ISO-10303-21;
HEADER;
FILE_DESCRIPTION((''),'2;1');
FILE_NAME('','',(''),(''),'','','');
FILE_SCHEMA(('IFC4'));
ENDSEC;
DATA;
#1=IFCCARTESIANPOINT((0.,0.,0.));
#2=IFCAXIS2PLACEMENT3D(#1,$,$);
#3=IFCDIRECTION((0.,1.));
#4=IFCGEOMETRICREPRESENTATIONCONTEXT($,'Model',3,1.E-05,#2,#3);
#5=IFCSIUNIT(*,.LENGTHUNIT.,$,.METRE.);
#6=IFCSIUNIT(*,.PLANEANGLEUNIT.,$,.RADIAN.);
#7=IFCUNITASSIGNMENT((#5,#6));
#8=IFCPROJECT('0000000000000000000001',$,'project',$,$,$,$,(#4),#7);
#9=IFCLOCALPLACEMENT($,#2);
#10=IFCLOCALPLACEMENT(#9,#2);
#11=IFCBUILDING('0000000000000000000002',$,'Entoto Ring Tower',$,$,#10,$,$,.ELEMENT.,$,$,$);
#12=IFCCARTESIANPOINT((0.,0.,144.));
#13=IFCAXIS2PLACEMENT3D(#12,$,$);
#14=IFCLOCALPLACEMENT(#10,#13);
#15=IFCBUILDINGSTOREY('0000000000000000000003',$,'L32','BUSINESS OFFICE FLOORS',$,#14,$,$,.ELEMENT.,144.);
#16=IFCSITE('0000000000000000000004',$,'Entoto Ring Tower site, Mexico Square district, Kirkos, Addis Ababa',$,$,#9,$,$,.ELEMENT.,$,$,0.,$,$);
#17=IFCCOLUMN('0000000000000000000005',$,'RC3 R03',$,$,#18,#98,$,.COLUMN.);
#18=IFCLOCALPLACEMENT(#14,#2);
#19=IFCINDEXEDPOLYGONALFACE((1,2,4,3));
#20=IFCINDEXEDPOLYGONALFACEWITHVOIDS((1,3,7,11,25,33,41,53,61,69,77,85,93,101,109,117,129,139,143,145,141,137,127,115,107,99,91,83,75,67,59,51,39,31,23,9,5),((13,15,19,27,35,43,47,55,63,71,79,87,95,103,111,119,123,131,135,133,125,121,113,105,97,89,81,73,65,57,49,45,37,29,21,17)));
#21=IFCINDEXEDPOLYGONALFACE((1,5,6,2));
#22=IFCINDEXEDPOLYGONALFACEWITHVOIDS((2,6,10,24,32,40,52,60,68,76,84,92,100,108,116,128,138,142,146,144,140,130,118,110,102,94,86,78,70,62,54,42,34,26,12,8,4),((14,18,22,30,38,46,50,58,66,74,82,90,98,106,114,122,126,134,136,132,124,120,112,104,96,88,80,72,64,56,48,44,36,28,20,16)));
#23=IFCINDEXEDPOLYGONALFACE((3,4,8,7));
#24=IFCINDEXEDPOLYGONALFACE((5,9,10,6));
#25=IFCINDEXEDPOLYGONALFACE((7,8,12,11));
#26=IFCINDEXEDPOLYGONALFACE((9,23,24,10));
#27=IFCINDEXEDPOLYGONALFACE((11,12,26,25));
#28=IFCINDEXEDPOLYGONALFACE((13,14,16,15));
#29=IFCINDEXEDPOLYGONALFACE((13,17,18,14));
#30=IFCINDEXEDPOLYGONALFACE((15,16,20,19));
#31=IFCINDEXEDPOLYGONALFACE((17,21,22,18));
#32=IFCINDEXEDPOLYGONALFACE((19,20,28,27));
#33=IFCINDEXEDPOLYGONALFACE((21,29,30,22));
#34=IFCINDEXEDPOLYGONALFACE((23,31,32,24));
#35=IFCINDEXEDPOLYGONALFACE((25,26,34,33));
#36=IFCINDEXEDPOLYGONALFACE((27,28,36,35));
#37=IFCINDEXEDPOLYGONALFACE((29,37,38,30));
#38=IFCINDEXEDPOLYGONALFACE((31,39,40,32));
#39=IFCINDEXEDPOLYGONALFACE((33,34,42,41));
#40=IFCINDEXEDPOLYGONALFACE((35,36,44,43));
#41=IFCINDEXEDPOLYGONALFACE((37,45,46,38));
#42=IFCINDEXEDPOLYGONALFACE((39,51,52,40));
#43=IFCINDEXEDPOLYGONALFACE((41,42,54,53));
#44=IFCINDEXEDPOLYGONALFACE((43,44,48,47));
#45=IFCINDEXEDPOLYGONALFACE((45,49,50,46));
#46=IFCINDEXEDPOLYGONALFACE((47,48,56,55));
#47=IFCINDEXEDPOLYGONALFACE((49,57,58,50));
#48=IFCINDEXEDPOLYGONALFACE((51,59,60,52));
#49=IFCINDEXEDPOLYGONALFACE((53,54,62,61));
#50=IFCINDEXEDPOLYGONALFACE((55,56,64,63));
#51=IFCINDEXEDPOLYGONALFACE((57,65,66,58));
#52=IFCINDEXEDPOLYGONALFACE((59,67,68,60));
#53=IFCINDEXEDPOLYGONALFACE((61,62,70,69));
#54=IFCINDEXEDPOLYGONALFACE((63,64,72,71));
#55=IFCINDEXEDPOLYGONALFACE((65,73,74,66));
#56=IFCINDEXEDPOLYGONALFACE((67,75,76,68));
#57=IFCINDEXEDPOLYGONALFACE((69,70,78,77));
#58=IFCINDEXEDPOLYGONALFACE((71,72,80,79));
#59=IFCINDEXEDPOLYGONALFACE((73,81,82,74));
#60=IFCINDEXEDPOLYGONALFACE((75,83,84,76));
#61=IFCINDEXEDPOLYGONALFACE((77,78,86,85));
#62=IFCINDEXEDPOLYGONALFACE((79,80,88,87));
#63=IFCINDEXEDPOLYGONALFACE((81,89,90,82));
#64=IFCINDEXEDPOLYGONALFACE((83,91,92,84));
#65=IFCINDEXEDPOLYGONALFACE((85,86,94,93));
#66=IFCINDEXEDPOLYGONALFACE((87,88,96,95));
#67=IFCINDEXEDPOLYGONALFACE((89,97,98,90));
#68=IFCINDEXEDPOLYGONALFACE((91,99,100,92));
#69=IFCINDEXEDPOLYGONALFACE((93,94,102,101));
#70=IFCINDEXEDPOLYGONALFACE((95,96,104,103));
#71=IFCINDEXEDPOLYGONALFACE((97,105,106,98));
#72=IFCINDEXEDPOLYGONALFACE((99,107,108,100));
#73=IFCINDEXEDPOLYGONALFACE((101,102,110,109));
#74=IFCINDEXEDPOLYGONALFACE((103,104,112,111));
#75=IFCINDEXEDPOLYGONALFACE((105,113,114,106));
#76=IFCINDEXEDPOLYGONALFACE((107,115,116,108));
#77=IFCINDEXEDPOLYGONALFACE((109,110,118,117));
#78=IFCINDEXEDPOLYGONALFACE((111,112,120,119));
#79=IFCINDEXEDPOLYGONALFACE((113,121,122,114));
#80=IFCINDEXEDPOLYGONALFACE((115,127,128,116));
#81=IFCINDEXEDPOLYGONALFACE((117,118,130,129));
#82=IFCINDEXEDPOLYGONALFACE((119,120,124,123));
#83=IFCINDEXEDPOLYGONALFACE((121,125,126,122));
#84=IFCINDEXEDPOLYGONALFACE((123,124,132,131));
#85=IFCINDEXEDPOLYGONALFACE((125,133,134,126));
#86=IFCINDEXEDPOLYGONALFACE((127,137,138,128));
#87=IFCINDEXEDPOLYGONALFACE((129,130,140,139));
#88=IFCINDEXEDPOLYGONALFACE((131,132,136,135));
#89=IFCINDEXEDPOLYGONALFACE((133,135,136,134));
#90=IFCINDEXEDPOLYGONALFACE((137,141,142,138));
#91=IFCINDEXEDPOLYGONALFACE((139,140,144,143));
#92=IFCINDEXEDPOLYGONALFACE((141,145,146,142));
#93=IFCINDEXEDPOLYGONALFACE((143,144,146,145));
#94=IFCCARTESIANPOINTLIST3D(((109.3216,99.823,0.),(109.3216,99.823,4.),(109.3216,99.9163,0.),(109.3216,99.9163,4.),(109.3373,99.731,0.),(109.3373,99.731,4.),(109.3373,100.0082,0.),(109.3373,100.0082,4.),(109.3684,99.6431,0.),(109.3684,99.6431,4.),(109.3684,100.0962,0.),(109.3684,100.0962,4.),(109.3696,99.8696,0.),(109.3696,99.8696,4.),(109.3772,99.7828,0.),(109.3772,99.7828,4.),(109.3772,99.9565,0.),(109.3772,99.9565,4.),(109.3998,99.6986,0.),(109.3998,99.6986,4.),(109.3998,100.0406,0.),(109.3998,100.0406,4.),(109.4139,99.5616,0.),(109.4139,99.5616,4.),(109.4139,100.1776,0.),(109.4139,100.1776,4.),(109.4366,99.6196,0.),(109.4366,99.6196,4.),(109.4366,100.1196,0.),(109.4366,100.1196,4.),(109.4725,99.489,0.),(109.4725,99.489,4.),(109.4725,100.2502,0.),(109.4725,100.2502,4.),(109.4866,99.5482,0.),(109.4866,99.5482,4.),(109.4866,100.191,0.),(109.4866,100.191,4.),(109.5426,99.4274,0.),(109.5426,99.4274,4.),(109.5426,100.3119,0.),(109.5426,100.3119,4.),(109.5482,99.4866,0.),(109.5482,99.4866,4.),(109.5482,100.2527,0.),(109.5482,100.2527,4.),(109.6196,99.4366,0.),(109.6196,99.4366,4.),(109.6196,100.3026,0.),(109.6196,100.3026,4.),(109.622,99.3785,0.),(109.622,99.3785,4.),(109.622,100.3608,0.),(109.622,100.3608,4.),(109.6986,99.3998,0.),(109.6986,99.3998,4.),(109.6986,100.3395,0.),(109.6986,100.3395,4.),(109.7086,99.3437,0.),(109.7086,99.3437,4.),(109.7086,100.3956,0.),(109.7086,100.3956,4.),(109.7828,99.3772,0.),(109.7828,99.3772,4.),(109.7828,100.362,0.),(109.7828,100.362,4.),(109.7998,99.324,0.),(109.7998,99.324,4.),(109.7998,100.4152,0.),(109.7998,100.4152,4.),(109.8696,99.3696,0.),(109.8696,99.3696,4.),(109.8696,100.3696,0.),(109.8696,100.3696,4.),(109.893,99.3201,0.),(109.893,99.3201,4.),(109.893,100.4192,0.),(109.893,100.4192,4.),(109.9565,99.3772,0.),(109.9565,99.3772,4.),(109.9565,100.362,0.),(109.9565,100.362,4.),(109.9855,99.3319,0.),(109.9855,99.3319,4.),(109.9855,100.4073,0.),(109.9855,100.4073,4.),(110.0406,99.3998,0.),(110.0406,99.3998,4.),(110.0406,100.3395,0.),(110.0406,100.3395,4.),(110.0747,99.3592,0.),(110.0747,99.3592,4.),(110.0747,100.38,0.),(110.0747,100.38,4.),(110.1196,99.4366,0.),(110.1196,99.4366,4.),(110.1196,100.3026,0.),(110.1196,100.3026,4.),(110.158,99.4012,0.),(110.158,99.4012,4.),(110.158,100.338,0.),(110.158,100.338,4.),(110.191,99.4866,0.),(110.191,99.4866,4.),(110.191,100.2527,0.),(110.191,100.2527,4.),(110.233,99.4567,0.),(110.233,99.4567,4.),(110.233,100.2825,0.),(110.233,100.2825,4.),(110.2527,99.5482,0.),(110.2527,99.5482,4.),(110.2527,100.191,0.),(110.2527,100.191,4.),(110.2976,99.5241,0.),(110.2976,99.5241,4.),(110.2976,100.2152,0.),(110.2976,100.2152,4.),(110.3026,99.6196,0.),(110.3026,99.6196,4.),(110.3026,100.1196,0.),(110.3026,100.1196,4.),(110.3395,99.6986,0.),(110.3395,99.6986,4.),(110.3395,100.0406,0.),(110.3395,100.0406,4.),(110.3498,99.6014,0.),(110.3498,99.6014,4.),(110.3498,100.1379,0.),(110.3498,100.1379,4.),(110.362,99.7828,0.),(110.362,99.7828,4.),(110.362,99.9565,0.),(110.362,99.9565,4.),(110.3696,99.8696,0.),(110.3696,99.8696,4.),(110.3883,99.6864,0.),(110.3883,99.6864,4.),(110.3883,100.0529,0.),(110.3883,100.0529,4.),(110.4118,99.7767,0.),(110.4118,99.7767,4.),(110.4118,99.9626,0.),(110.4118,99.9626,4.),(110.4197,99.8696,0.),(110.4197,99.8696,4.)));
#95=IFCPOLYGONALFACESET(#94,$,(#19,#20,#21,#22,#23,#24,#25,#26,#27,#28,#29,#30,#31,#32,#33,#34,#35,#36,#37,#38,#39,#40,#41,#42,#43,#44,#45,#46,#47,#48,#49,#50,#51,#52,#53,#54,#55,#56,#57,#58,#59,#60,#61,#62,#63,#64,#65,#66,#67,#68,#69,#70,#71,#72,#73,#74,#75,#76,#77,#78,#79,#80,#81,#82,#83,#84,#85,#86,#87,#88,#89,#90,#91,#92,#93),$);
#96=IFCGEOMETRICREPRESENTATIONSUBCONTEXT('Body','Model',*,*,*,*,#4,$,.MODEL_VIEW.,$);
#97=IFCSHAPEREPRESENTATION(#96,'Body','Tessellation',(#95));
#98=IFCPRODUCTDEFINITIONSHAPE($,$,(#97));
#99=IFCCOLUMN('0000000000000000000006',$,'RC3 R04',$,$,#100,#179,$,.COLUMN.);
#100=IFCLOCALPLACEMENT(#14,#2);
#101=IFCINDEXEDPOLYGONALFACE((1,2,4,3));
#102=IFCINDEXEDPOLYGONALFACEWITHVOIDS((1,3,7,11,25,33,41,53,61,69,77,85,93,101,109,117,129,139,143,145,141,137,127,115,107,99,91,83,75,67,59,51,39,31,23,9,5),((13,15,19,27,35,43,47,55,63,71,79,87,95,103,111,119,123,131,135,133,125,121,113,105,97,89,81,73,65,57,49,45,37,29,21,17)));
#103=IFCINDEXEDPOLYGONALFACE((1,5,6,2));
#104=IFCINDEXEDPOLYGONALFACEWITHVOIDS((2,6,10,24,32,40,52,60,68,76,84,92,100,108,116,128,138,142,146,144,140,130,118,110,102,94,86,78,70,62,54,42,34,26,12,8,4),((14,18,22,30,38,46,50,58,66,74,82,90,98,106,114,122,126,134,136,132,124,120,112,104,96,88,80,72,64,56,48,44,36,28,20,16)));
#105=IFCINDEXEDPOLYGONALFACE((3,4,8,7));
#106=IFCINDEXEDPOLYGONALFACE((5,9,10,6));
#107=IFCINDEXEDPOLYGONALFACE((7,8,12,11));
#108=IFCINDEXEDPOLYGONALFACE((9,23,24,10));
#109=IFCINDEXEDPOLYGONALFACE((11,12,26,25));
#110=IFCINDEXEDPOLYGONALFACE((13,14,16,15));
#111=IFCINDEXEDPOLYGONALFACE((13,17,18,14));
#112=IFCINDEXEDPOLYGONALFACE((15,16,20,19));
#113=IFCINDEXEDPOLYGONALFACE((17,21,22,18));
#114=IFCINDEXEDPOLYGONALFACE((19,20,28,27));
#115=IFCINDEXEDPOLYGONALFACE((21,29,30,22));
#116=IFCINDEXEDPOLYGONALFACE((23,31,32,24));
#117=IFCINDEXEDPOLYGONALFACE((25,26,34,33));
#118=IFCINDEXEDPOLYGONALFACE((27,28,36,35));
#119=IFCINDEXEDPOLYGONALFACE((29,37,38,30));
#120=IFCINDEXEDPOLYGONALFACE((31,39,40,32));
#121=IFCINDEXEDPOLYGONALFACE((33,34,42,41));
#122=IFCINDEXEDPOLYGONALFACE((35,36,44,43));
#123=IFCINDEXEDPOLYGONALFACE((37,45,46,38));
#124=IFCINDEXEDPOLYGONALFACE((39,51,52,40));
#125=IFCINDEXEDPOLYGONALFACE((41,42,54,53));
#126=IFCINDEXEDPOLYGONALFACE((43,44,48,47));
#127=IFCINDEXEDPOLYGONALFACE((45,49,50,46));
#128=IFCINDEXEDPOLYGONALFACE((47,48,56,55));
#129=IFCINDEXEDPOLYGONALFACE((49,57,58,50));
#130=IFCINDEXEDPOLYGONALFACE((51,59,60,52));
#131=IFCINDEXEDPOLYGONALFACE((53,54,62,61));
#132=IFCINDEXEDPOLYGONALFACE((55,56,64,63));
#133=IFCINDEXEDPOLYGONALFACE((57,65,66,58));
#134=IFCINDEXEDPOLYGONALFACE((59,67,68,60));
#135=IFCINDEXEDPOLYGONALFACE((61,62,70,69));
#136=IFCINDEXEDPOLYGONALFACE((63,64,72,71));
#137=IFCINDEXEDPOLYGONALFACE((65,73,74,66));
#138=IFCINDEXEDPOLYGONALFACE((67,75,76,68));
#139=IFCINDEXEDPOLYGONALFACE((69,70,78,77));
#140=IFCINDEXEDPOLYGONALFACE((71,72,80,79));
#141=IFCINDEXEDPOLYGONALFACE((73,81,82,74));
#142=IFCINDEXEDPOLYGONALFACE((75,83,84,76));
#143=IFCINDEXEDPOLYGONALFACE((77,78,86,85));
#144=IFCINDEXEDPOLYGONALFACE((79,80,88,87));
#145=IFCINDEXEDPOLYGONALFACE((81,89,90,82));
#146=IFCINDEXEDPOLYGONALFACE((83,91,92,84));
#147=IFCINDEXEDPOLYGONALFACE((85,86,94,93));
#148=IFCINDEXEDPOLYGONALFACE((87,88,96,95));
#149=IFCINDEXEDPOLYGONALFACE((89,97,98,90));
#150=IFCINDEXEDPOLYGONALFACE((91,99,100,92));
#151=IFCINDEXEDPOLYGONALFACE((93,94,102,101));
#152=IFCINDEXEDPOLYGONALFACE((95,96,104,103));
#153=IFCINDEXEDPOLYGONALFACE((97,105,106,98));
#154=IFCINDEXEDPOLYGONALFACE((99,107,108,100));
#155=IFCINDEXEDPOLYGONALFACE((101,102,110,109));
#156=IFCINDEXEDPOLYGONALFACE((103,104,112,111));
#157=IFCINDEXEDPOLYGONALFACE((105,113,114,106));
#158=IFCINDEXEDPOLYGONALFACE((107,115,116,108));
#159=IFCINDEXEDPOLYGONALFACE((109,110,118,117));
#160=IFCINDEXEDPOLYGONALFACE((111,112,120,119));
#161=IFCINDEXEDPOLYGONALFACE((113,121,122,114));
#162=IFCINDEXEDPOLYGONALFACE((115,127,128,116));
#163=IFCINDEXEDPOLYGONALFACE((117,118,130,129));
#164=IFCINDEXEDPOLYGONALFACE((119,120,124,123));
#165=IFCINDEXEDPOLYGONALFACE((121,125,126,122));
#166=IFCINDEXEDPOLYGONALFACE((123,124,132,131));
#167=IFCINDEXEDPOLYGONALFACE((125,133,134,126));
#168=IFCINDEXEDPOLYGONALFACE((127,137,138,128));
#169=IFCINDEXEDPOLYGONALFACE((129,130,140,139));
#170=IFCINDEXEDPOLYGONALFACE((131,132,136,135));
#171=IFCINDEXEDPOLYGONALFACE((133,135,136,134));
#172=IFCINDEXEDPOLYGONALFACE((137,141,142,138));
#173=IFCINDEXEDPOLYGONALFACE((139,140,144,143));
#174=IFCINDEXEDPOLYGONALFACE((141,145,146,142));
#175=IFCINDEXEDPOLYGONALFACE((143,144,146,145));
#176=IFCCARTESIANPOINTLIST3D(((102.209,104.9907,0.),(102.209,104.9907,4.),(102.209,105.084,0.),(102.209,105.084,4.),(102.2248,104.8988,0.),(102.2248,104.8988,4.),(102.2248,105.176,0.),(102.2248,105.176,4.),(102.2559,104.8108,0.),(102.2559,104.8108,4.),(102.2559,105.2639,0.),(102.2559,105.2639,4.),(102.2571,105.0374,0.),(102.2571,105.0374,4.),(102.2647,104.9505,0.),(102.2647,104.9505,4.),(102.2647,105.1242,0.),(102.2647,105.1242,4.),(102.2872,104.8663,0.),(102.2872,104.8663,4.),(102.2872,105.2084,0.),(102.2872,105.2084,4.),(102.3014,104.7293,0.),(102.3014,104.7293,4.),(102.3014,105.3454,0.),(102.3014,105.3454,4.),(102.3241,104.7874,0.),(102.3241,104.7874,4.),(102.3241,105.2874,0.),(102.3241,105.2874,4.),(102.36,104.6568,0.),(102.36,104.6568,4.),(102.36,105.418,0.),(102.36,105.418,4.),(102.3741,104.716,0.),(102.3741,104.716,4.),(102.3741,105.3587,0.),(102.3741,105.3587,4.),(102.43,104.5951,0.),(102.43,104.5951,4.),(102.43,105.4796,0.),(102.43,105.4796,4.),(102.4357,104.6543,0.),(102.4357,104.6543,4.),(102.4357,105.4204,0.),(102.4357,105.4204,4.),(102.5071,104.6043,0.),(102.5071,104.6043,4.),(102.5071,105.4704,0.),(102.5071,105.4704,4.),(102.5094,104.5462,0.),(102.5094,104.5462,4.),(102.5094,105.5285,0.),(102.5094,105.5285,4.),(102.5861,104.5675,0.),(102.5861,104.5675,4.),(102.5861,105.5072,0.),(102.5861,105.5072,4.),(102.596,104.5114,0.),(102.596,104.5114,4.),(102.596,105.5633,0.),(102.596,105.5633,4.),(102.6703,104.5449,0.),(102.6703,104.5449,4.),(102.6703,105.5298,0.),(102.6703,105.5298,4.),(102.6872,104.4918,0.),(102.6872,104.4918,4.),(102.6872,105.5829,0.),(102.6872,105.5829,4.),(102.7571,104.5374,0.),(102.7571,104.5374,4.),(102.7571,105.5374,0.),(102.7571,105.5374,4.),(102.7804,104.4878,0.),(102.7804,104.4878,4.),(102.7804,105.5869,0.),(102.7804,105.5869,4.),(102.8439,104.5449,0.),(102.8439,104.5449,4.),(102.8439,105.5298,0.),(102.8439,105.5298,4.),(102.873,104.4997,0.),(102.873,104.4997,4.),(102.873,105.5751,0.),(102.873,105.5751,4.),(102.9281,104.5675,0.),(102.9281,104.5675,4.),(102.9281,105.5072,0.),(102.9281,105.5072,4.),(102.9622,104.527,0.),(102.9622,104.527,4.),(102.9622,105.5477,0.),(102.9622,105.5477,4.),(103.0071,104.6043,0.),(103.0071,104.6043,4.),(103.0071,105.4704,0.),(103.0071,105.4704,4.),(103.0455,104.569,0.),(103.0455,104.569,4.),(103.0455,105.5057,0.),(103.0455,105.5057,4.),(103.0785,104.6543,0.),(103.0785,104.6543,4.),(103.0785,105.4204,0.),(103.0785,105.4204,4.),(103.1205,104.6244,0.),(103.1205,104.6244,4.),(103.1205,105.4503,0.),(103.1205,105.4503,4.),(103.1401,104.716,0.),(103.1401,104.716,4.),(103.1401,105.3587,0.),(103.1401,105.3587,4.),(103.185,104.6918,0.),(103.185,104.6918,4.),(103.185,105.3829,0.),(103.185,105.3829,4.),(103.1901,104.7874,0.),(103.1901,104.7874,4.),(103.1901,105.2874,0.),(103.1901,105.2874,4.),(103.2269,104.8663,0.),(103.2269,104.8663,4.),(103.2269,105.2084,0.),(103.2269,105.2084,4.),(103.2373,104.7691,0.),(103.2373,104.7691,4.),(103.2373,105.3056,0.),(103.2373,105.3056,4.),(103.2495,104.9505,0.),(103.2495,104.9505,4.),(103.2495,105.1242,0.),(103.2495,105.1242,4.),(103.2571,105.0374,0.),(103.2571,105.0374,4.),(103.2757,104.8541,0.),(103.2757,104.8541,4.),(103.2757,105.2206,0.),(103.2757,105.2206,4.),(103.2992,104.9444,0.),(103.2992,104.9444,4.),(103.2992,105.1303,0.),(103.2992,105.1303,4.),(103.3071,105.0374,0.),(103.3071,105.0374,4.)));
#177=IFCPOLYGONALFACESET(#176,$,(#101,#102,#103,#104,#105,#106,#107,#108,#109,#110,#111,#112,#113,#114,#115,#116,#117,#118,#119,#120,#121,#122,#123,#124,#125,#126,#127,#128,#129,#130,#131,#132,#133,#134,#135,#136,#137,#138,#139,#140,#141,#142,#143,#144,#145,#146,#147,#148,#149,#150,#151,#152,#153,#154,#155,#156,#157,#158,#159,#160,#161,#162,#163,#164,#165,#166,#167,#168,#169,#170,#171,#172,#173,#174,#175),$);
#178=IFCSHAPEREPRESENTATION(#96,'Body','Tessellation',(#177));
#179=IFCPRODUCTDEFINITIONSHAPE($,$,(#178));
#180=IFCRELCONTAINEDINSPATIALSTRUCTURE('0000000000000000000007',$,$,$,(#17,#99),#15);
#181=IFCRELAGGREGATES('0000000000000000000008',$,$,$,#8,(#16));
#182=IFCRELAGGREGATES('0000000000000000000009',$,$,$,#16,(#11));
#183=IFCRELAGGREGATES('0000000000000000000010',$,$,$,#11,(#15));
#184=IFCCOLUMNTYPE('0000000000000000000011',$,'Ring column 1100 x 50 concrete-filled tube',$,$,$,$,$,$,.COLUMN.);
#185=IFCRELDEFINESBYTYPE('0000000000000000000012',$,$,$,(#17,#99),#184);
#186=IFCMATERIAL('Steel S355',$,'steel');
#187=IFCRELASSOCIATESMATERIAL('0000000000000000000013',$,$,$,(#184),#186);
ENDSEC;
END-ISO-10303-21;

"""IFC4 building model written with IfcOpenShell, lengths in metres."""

from ifc_helpers import new_model, si_unit, direction, frame, origin, origin_2d, place, context, subcontext, project, spatial, circle, hollow_circle, extrude, material, material_profile, profile_set, type_object, element, save


model = new_model("IFC4")

# Units and contexts
model_context = context("Model", 3, precision=1e-05, world=origin(), true_north=direction((0.0, 1.0)))
body_context = subcontext(model_context, "Body", "Model", "MODEL_VIEW")
ifc_project = project(units=[si_unit("LENGTHUNIT", "METRE"), si_unit("PLANEANGLEUNIT", "RADIAN")], contexts=[model_context])

# Site, building, storey
site_placement = place(None, origin())
site = spatial("IfcSite", under=ifc_project, at=site_placement, Name="Entoto Ring Tower site, Mexico Square district, Kirkos, Addis Ababa", CompositionType="ELEMENT", RefElevation=0.0)
building_placement = place(site_placement, origin())
building = spatial("IfcBuilding", under=site, at=building_placement, Name="Entoto Ring Tower", CompositionType="ELEMENT")
storey_placement = place(building_placement, frame((0.0, 0.0, 144.0)))
storey = spatial("IfcBuildingStorey", under=building, at=storey_placement, Name="L32", Description="BUSINESS OFFICE FLOORS", CompositionType="ELEMENT", Elevation=144.0)

# Columns
ifc_material_1 = material(Name="Steel S355", Category="steel")
ifc_material_profile_1 = material_profile(ifc_material_1, hollow_circle(Radius=0.55, WallThickness=0.05, at=origin_2d()), Name="CHS 1100 x 50")
ifc_material_2 = material(Name="Concrete C60/75", Category="concrete")
ifc_material_profile_2 = material_profile(ifc_material_2, circle(Radius=0.5, at=origin_2d()), Name="Concrete C60/75 infill")
ifc_profile_set_1 = profile_set([ifc_material_profile_1, ifc_material_profile_2], Name="Steel S355")
column_type = type_object("IfcColumnType", Name="Ring column 1100 x 50 concrete-filled tube", PredefinedType="COLUMN", material=ifc_profile_set_1)
for number, where, z_axis, x_axis, name in (
    (1, (109.8696, 99.8696, 0.0), (0.0, 0.0, 1.0), (1.0, 0.0, 0.0), "RC3 R03"),
    (2, (102.7571, 105.0374, 0.0), (0.0, 0.0, 1.0), (1.0, 0.0, 0.0), "RC3 R04"),
):
    element("IfcColumn", number, at=place(storey_placement, frame(where, z_axis=z_axis, x_axis=x_axis)), inside=storey, type_object=column_type, Name=name, PredefinedType="COLUMN", context=body_context, shape_type="SweptSolid", body=[
        extrude(hollow_circle(Radius=0.55, WallThickness=0.05, at=origin_2d()), origin(), (0.0, 0.0, 1.0), 4.0),
    ])

save(model, "model.ifc")
